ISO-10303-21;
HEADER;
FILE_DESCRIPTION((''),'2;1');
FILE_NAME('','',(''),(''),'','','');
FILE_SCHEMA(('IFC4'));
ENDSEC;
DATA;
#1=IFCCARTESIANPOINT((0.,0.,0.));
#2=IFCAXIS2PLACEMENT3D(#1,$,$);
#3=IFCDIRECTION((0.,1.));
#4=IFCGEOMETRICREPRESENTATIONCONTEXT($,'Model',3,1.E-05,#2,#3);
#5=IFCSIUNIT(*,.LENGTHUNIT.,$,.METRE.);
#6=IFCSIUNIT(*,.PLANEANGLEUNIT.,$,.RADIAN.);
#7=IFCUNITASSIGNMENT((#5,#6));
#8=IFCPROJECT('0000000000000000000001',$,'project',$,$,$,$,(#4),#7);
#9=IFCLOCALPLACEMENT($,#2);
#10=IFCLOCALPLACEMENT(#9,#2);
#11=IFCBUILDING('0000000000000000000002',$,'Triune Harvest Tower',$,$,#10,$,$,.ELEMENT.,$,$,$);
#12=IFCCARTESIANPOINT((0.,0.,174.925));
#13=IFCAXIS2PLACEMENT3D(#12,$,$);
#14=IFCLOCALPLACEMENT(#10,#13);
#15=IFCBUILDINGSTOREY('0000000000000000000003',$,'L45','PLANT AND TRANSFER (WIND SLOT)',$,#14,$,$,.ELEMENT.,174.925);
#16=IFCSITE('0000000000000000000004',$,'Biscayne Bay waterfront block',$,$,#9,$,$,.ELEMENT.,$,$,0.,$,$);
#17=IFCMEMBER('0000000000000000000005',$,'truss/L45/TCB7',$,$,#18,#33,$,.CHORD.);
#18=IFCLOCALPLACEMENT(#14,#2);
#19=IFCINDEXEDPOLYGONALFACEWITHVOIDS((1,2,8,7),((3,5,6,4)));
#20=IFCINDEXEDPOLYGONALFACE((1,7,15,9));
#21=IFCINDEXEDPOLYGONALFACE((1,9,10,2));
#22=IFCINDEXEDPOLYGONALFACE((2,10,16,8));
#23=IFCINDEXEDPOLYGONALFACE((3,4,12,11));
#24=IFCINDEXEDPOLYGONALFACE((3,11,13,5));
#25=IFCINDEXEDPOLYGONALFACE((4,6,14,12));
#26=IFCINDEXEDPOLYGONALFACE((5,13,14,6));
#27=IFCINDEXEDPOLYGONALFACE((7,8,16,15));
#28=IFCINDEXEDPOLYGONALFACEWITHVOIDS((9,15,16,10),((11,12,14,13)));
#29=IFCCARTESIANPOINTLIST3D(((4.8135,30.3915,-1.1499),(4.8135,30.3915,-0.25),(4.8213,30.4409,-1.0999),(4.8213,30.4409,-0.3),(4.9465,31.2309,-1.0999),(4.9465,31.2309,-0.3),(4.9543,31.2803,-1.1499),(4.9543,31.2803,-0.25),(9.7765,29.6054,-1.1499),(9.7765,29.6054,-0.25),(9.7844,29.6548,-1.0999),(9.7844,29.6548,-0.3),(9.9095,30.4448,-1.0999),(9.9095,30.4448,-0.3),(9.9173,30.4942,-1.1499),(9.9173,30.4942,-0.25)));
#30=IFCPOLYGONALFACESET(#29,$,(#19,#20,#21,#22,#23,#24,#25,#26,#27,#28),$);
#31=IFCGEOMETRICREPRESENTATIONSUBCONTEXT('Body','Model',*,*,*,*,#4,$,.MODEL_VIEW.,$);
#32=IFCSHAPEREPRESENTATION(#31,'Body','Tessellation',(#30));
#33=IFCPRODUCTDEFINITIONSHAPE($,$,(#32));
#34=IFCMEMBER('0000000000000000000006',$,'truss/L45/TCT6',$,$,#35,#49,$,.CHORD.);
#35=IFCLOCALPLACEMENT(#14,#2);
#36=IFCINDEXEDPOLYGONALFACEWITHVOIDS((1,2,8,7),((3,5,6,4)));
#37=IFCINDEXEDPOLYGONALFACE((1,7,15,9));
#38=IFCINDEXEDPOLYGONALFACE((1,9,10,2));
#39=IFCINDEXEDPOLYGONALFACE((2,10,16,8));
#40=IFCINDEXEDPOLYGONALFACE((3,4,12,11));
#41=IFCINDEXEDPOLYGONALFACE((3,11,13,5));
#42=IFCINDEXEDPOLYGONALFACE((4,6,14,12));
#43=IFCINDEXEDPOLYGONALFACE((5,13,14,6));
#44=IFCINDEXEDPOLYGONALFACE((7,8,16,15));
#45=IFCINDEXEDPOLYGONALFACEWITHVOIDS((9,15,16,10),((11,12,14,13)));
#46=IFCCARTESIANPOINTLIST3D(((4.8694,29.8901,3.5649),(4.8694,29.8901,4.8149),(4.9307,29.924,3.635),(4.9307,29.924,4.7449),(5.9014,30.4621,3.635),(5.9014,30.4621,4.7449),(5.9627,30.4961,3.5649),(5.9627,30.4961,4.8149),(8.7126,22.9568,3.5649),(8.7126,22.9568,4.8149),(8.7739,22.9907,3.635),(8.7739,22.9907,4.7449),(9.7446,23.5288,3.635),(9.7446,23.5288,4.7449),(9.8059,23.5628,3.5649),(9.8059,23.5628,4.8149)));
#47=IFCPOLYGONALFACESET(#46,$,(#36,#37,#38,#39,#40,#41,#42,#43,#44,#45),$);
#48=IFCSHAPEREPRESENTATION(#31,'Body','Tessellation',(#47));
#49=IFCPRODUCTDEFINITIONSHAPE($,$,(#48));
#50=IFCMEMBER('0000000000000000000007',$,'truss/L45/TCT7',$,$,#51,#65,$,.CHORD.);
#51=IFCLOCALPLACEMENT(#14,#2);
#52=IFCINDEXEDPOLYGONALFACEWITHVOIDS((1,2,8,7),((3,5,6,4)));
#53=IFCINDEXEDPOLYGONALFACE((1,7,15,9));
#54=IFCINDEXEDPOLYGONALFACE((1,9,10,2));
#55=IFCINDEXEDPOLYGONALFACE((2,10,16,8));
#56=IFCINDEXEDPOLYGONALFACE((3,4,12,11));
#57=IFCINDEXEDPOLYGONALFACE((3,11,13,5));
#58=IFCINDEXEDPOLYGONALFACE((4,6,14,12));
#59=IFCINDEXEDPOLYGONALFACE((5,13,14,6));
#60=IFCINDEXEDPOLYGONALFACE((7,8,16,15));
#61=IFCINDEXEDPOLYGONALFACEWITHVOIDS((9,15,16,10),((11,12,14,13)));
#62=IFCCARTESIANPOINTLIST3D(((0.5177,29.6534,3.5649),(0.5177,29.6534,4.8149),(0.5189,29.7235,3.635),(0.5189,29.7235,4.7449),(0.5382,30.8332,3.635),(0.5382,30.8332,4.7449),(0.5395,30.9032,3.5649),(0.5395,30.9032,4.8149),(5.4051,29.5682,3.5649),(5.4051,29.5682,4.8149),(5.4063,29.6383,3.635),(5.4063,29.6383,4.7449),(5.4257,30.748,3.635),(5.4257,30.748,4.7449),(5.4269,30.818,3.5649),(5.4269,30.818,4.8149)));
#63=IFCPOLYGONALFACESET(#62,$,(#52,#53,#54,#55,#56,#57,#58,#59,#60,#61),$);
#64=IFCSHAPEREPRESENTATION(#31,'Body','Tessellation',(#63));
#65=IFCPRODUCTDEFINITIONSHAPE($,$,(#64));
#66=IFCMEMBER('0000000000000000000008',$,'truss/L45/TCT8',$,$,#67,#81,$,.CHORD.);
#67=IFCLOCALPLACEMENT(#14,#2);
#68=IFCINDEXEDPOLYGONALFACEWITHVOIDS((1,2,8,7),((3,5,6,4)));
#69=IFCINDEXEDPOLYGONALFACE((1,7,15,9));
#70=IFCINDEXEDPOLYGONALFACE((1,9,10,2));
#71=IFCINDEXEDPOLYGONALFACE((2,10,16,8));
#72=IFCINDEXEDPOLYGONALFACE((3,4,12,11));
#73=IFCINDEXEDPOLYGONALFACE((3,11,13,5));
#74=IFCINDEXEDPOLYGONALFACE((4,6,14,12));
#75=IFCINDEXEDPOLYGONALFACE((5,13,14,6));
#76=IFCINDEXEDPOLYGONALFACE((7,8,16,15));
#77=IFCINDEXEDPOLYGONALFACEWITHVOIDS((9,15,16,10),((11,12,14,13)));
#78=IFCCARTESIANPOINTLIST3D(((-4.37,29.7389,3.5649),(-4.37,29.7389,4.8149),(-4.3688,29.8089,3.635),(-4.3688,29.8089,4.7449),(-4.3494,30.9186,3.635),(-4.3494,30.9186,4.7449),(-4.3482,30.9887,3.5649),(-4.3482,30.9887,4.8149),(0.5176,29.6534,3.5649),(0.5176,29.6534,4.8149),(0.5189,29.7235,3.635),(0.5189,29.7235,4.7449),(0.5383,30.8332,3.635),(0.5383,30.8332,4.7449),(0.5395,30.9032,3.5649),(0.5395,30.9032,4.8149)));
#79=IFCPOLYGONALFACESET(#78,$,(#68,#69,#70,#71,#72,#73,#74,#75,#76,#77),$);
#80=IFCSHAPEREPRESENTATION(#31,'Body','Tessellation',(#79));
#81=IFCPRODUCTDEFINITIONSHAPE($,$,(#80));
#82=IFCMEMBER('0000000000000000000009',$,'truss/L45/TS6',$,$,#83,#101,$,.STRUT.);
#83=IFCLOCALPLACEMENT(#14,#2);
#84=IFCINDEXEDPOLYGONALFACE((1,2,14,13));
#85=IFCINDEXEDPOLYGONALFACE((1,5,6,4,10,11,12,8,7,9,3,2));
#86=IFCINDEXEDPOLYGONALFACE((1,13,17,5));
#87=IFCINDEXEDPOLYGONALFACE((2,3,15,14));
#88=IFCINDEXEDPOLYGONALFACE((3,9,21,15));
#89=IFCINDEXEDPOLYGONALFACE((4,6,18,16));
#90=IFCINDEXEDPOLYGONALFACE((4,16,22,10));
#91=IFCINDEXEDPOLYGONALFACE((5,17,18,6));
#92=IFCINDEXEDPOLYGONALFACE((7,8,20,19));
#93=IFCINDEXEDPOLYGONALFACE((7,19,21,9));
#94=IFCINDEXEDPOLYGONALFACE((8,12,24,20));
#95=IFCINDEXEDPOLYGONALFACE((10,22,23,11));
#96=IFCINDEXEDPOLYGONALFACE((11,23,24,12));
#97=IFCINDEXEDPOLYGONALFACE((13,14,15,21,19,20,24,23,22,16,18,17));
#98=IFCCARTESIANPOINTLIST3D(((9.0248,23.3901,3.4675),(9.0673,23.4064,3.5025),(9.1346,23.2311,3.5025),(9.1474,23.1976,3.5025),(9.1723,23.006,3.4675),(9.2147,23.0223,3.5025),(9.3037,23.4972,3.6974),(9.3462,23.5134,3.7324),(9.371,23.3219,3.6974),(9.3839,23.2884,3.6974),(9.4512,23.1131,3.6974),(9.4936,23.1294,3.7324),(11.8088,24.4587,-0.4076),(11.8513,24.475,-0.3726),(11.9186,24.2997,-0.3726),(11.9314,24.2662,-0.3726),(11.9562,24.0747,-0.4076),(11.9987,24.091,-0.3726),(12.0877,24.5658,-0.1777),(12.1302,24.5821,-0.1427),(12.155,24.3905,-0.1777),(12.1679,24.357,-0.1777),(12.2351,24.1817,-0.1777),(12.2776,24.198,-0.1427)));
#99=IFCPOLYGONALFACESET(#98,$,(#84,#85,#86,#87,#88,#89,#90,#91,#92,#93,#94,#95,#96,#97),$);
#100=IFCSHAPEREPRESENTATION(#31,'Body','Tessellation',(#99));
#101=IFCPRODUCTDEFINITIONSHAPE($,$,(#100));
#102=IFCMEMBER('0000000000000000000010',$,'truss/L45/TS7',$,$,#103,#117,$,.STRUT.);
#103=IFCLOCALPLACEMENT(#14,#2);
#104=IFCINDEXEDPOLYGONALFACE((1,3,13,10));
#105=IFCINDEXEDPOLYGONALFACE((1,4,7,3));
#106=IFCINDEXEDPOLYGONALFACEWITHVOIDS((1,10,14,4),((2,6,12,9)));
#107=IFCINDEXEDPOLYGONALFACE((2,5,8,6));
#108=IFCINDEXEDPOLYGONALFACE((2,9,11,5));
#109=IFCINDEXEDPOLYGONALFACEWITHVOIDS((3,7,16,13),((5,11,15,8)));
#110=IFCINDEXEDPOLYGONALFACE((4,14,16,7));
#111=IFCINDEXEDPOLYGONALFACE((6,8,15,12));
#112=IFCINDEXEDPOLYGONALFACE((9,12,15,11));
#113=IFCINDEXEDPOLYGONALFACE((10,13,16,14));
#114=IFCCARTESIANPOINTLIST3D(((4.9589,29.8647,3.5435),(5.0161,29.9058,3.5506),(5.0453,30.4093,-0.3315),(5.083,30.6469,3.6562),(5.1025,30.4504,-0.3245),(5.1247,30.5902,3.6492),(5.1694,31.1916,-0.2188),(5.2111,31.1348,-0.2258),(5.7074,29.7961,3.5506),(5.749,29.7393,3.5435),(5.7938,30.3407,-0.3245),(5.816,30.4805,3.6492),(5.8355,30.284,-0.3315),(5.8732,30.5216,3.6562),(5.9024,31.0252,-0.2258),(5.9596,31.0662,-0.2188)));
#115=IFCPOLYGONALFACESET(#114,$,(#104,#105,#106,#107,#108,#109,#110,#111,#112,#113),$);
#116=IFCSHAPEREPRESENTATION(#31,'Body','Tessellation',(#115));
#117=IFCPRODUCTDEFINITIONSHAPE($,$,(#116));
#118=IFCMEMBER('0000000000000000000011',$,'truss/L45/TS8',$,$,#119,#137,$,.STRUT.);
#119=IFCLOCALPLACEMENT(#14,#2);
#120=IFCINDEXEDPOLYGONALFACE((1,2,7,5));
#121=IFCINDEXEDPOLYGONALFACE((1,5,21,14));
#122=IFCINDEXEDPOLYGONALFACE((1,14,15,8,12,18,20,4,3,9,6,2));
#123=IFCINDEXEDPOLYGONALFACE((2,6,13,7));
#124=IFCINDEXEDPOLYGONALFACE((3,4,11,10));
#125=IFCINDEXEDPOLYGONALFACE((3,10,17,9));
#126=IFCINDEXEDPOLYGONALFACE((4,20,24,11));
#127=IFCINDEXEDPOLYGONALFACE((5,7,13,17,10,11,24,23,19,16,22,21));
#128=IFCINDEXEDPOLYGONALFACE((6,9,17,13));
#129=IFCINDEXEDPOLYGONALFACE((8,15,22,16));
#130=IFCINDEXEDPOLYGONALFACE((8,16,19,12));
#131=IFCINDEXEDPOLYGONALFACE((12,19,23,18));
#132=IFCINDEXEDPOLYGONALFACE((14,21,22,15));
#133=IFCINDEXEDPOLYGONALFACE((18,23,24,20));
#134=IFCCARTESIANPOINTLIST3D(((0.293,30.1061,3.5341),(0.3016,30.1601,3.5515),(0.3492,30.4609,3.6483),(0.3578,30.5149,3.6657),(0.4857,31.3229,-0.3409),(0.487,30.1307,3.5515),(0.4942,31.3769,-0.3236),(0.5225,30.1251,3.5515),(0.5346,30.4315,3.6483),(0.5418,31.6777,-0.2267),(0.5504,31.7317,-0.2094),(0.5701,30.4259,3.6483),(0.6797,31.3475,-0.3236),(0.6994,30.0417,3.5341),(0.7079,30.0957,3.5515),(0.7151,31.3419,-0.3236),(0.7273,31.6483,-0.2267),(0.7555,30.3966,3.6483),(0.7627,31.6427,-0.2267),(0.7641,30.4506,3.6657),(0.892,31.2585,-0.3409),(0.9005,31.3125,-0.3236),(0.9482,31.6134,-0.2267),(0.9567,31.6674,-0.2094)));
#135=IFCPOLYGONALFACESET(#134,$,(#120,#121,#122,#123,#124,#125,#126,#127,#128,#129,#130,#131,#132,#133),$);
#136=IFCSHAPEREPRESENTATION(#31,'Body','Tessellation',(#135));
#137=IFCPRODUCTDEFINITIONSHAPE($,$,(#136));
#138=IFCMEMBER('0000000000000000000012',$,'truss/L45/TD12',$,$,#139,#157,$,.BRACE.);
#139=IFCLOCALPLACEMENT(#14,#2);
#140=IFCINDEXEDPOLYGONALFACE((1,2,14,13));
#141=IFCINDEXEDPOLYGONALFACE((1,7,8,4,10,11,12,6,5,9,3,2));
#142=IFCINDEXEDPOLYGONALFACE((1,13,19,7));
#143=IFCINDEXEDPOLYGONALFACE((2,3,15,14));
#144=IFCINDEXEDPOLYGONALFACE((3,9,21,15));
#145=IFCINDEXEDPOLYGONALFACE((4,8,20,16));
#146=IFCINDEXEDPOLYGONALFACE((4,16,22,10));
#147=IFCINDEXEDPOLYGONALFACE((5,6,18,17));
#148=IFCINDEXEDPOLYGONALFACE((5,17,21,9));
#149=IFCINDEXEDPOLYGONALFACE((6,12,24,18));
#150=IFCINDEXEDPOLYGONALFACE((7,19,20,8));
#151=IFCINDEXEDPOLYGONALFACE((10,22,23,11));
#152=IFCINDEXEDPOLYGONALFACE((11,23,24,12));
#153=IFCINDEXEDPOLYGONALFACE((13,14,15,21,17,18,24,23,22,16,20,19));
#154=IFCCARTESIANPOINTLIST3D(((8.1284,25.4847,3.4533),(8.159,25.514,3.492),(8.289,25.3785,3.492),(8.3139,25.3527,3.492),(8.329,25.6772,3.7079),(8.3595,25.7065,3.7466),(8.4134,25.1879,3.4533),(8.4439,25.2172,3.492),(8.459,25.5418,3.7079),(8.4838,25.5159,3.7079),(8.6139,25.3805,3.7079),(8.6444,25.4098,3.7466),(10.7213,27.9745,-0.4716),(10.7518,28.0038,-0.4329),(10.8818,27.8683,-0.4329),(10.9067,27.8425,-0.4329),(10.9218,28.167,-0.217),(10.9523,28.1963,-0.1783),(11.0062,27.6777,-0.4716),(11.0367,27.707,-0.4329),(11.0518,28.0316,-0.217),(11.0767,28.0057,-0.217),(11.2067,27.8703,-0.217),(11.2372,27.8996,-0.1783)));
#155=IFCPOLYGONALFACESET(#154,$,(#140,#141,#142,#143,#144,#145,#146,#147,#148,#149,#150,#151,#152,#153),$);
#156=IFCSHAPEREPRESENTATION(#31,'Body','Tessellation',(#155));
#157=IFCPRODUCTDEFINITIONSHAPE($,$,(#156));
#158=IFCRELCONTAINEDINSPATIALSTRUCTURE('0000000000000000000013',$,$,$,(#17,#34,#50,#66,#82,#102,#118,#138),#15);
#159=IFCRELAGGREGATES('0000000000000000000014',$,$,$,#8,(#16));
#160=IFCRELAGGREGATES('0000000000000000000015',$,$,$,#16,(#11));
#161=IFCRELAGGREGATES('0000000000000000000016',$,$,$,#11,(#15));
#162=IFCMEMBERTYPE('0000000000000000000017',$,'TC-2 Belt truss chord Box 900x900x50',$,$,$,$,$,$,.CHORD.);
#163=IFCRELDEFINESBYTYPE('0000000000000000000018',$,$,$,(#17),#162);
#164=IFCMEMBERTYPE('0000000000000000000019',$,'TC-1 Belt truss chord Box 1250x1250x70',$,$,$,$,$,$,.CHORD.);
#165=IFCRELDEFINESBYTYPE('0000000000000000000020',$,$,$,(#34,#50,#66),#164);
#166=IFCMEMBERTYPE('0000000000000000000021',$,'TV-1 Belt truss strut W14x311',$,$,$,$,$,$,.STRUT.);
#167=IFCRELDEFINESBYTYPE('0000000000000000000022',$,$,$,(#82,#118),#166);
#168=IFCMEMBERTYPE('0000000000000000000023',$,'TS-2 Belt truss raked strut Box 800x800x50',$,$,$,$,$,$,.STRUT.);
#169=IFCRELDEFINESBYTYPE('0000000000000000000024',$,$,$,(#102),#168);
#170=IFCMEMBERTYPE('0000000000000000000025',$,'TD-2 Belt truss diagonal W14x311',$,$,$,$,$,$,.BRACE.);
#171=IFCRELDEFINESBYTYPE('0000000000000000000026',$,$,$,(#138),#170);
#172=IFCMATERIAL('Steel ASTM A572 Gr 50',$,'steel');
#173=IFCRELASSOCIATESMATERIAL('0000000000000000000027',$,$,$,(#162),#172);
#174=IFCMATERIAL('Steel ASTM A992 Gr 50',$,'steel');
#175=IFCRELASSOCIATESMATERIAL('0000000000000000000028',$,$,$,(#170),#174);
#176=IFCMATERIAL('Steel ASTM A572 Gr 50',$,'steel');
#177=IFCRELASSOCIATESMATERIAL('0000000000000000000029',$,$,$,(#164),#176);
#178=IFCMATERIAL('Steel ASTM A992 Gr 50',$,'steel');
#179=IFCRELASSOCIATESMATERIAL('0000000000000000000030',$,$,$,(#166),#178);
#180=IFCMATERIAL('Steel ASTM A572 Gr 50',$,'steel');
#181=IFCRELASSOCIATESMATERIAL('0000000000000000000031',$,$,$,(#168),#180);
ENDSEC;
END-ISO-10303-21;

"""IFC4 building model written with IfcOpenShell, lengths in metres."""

from ifc_helpers import new_model, si_unit, direction, frame, origin, origin_2d, place, context, subcontext, project, spatial, hollow_rectangle, i_section, extrude, source, transform, mapped, material, material_profile, profile_set, type_object, element, save


model = new_model("IFC4")

# Units and contexts
model_context = context("Model", 3, precision=1e-05, world=origin(), true_north=direction((0.0, 1.0)))
body_context = subcontext(model_context, "Body", "Model", "MODEL_VIEW")
ifc_project = project(units=[si_unit("LENGTHUNIT", "METRE"), si_unit("PLANEANGLEUNIT", "RADIAN")], contexts=[model_context])

# Site, building, storey
site_placement = place(None, origin())
site = spatial("IfcSite", under=ifc_project, at=site_placement, Name="Biscayne Bay waterfront block", CompositionType="ELEMENT", RefElevation=0.0)
building_placement = place(site_placement, origin())
building = spatial("IfcBuilding", under=site, at=building_placement, Name="Triune Harvest Tower", CompositionType="ELEMENT")
storey_placement = place(building_placement, frame((0.0, 0.0, 174.925)))
storey = spatial("IfcBuildingStorey", under=building, at=storey_placement, Name="L45", Description="PLANT AND TRANSFER (WIND SLOT)", CompositionType="ELEMENT", Elevation=174.925)

# Shared definitions
ifc_material_1 = material(Name="Steel ASTM A572 Gr 50", Category="steel")
ifc_material_profile_1 = material_profile(ifc_material_1, hollow_rectangle(XDim=0.8999, YDim=0.8999, WallThickness=0.05, at=origin_2d()), Name="Box 900x900x50")
ifc_profile_set_1 = profile_set([ifc_material_profile_1], Name="Steel ASTM A572 Gr 50")
member_type_1 = type_object("IfcMemberType", Name="TC-2 Belt truss chord Box 900x900x50", PredefinedType="CHORD", material=ifc_profile_set_1)
ifc_material_2 = material(Name="Steel ASTM A992 Gr 50", Category="steel")
ifc_material_profile_2 = material_profile(ifc_material_2, i_section(OverallWidth=0.4114, OverallDepth=0.4343, WebThickness=0.0359, FlangeThickness=0.0574, at=origin_2d()), Name="W14x311")
ifc_profile_set_2 = profile_set([ifc_material_profile_2], Name="Steel ASTM A992 Gr 50")
member_type_2 = type_object("IfcMemberType", Name="TD-2 Belt truss diagonal W14x311", PredefinedType="BRACE", material=ifc_profile_set_2)

# Members
shared_shape_1 = source(origin(), body_context, "Body", "SweptSolid", [
    extrude(hollow_rectangle(XDim=0.8999, YDim=0.8999, WallThickness=0.05, at=origin_2d()), origin(), (0.0, 0.0, 1.0), 5.0249),
])
member_1_placement = place(storey_placement, frame((9.8469, 30.0498, -0.7), z_axis=(-0.987687, 0.156444, 0.0), x_axis=(-0.156444, -0.987687, 0.0)))
element("IfcMember", 1, at=member_1_placement, inside=storey, type_object=member_type_1, Name="truss/L45/TCB7", PredefinedType="CHORD", context=body_context, shape_type="MappedRepresentation", body=[
    mapped(shared_shape_1, transform((0.0, 0.0, 0.0), scale=1.0)),
])
ifc_material_3 = material(Name="Steel ASTM A572 Gr 50", Category="steel")
ifc_material_profile_3 = material_profile(ifc_material_3, hollow_rectangle(XDim=1.25, YDim=1.25, WallThickness=0.0701, at=origin_2d()), Name="Box 1250x1250x70")
ifc_profile_set_3 = profile_set([ifc_material_profile_3], Name="Steel ASTM A572 Gr 50")
member_type_3 = type_object("IfcMemberType", Name="TC-1 Belt truss chord Box 1250x1250x70", PredefinedType="CHORD", material=ifc_profile_set_3)
shared_shape_2 = source(origin(), body_context, "Body", "SweptSolid", [
    extrude(hollow_rectangle(XDim=1.25, YDim=1.25, WallThickness=0.0701, at=origin_2d()), origin(), (0.0, 0.0, 1.0), 7.9272),
])
member_2_placement = place(storey_placement, frame((9.2593, 23.2598, 4.1899), z_axis=(-0.484814, 0.874617, 0.0), x_axis=(-0.874617, -0.484814, 0.0)))
element("IfcMember", 2, at=member_2_placement, inside=storey, type_object=member_type_3, Name="truss/L45/TCT6", PredefinedType="CHORD", context=body_context, shape_type="MappedRepresentation", body=[
    mapped(shared_shape_2, transform((0.0, 0.0, 0.0), scale=1.0)),
])
shared_shape_3 = source(origin(), body_context, "Body", "SweptSolid", [
    extrude(hollow_rectangle(XDim=1.25, YDim=1.25, WallThickness=0.0701, at=origin_2d()), origin(), (0.0, 0.0, 1.0), 4.8882),
])
member_3_placement = place(storey_placement, frame((5.416, 30.1931, 4.1899), z_axis=(-0.999848, 0.017431, 0.0), x_axis=(-0.017431, -0.999848, 0.0)))
element("IfcMember", 3, at=member_3_placement, inside=storey, type_object=member_type_3, Name="truss/L45/TCT7", PredefinedType="CHORD", context=body_context, shape_type="MappedRepresentation", body=[
    mapped(shared_shape_3, transform((0.0, 0.0, 0.0), scale=1.0)),
])
shared_shape_4 = source(origin(), body_context, "Body", "SweptSolid", [
    extrude(hollow_rectangle(XDim=1.25, YDim=1.25, WallThickness=0.0701, at=origin_2d()), origin(), (0.0, 0.0, 1.0), 4.8884),
])
member_4_placement = place(storey_placement, frame((0.5286, 30.2783, 4.1899), z_axis=(-0.999847, 0.01748, 0.0), x_axis=(-0.01748, -0.999847, 0.0)))
element("IfcMember", 4, at=member_4_placement, inside=storey, type_object=member_type_3, Name="truss/L45/TCT8", PredefinedType="CHORD", context=body_context, shape_type="MappedRepresentation", body=[
    mapped(shared_shape_4, transform((0.0, 0.0, 0.0), scale=1.0)),
])
ifc_material_4 = material(Name="Steel ASTM A992 Gr 50", Category="steel")
ifc_material_profile_4 = material_profile(ifc_material_4, i_section(OverallWidth=0.4114, OverallDepth=0.4343, WebThickness=0.0359, FlangeThickness=0.0574, at=origin_2d()), Name="W14x311")
ifc_profile_set_4 = profile_set([ifc_material_profile_4], Name="Steel ASTM A992 Gr 50")
member_type_4 = type_object("IfcMemberType", Name="TV-1 Belt truss strut W14x311", PredefinedType="STRUT", material=ifc_profile_set_4)
shared_shape_5 = source(origin(), body_context, "Body", "SweptSolid", [
    extrude(i_section(OverallWidth=0.4114, OverallDepth=0.4343, WebThickness=0.0359, FlangeThickness=0.0574, at=origin_2d()), origin(), (0.0, 0.0, 1.0), 4.8896),
])
member_5_placement = place(storey_placement, frame((12.0432, 24.3284, -0.2751), z_axis=(-0.569363, -0.218548, 0.792504), x_axis=(0.358354, -0.933586, 0.0)))
element("IfcMember", 5, at=member_5_placement, inside=storey, type_object=member_type_4, Name="truss/L45/TS6", PredefinedType="STRUT", context=body_context, shape_type="MappedRepresentation", body=[
    mapped(shared_shape_5, transform((0.0, 0.0, 0.0), scale=1.0)),
])
ifc_material_5 = material(Name="Steel ASTM A572 Gr 50", Category="steel")
ifc_material_profile_5 = material_profile(ifc_material_5, hollow_rectangle(XDim=0.8, YDim=0.8, WallThickness=0.05, at=origin_2d()), Name="Box 800x800x50")
ifc_profile_set_5 = profile_set([ifc_material_profile_5], Name="Steel ASTM A572 Gr 50")
member_type_5 = type_object("IfcMemberType", Name="TS-2 Belt truss raked strut Box 800x800x50", PredefinedType="STRUT", material=ifc_profile_set_5)
shared_shape_6 = source(origin(), body_context, "Body", "SweptSolid", [
    extrude(hollow_rectangle(XDim=0.8, YDim=0.8, WallThickness=0.05, at=origin_2d()), origin(), (0.0, 0.0, 1.0), 3.9141),
])
member_6_placement = place(storey_placement, frame((5.5024, 30.7378, -0.2751), z_axis=(-0.022081, -0.13916, 0.990024), x_axis=(0.987644, -0.156713, 0.0)))
element("IfcMember", 6, at=member_6_placement, inside=storey, type_object=member_type_5, Name="truss/L45/TS7", PredefinedType="STRUT", context=body_context, shape_type="MappedRepresentation", body=[
    mapped(shared_shape_6, transform((0.0, 0.0, 0.0), scale=1.0)),
])
shared_shape_7 = source(origin(), body_context, "Body", "SweptSolid", [
    extrude(i_section(OverallWidth=0.4114, OverallDepth=0.4343, WebThickness=0.0359, FlangeThickness=0.0574, at=origin_2d()), origin(), (0.0, 0.0, 1.0), 4.0662),
])
member_7_placement = place(storey_placement, frame((0.7212, 31.4951, -0.2751), z_axis=(-0.047374, -0.299253, 0.952997), x_axis=(0.9877, -0.156359, 0.0)))
element("IfcMember", 7, at=member_7_placement, inside=storey, type_object=member_type_4, Name="truss/L45/TS8", PredefinedType="STRUT", context=body_context, shape_type="MappedRepresentation", body=[
    mapped(shared_shape_7, transform((0.0, 0.0, 0.0), scale=1.0)),
])
shared_shape_8 = source(origin(), body_context, "Body", "SweptSolid", [
    extrude(i_section(OverallWidth=0.4114, OverallDepth=0.4343, WebThickness=0.0359, FlangeThickness=0.0574, at=origin_2d()), origin(), (0.0, 0.0, 1.0), 5.3223),
])
member_8_placement = place(storey_placement, frame((10.9792, 27.937, -0.325), z_axis=(-0.487166, -0.467807, 0.737446), x_axis=(0.692631, -0.721292, 0.0)))
element("IfcMember", 8, at=member_8_placement, inside=storey, type_object=member_type_2, Name="truss/L45/TD12", PredefinedType="BRACE", context=body_context, shape_type="MappedRepresentation", body=[
    mapped(shared_shape_8, transform((0.0, 0.0, 0.0), scale=1.0)),
])

save(model, "model.ifc")
